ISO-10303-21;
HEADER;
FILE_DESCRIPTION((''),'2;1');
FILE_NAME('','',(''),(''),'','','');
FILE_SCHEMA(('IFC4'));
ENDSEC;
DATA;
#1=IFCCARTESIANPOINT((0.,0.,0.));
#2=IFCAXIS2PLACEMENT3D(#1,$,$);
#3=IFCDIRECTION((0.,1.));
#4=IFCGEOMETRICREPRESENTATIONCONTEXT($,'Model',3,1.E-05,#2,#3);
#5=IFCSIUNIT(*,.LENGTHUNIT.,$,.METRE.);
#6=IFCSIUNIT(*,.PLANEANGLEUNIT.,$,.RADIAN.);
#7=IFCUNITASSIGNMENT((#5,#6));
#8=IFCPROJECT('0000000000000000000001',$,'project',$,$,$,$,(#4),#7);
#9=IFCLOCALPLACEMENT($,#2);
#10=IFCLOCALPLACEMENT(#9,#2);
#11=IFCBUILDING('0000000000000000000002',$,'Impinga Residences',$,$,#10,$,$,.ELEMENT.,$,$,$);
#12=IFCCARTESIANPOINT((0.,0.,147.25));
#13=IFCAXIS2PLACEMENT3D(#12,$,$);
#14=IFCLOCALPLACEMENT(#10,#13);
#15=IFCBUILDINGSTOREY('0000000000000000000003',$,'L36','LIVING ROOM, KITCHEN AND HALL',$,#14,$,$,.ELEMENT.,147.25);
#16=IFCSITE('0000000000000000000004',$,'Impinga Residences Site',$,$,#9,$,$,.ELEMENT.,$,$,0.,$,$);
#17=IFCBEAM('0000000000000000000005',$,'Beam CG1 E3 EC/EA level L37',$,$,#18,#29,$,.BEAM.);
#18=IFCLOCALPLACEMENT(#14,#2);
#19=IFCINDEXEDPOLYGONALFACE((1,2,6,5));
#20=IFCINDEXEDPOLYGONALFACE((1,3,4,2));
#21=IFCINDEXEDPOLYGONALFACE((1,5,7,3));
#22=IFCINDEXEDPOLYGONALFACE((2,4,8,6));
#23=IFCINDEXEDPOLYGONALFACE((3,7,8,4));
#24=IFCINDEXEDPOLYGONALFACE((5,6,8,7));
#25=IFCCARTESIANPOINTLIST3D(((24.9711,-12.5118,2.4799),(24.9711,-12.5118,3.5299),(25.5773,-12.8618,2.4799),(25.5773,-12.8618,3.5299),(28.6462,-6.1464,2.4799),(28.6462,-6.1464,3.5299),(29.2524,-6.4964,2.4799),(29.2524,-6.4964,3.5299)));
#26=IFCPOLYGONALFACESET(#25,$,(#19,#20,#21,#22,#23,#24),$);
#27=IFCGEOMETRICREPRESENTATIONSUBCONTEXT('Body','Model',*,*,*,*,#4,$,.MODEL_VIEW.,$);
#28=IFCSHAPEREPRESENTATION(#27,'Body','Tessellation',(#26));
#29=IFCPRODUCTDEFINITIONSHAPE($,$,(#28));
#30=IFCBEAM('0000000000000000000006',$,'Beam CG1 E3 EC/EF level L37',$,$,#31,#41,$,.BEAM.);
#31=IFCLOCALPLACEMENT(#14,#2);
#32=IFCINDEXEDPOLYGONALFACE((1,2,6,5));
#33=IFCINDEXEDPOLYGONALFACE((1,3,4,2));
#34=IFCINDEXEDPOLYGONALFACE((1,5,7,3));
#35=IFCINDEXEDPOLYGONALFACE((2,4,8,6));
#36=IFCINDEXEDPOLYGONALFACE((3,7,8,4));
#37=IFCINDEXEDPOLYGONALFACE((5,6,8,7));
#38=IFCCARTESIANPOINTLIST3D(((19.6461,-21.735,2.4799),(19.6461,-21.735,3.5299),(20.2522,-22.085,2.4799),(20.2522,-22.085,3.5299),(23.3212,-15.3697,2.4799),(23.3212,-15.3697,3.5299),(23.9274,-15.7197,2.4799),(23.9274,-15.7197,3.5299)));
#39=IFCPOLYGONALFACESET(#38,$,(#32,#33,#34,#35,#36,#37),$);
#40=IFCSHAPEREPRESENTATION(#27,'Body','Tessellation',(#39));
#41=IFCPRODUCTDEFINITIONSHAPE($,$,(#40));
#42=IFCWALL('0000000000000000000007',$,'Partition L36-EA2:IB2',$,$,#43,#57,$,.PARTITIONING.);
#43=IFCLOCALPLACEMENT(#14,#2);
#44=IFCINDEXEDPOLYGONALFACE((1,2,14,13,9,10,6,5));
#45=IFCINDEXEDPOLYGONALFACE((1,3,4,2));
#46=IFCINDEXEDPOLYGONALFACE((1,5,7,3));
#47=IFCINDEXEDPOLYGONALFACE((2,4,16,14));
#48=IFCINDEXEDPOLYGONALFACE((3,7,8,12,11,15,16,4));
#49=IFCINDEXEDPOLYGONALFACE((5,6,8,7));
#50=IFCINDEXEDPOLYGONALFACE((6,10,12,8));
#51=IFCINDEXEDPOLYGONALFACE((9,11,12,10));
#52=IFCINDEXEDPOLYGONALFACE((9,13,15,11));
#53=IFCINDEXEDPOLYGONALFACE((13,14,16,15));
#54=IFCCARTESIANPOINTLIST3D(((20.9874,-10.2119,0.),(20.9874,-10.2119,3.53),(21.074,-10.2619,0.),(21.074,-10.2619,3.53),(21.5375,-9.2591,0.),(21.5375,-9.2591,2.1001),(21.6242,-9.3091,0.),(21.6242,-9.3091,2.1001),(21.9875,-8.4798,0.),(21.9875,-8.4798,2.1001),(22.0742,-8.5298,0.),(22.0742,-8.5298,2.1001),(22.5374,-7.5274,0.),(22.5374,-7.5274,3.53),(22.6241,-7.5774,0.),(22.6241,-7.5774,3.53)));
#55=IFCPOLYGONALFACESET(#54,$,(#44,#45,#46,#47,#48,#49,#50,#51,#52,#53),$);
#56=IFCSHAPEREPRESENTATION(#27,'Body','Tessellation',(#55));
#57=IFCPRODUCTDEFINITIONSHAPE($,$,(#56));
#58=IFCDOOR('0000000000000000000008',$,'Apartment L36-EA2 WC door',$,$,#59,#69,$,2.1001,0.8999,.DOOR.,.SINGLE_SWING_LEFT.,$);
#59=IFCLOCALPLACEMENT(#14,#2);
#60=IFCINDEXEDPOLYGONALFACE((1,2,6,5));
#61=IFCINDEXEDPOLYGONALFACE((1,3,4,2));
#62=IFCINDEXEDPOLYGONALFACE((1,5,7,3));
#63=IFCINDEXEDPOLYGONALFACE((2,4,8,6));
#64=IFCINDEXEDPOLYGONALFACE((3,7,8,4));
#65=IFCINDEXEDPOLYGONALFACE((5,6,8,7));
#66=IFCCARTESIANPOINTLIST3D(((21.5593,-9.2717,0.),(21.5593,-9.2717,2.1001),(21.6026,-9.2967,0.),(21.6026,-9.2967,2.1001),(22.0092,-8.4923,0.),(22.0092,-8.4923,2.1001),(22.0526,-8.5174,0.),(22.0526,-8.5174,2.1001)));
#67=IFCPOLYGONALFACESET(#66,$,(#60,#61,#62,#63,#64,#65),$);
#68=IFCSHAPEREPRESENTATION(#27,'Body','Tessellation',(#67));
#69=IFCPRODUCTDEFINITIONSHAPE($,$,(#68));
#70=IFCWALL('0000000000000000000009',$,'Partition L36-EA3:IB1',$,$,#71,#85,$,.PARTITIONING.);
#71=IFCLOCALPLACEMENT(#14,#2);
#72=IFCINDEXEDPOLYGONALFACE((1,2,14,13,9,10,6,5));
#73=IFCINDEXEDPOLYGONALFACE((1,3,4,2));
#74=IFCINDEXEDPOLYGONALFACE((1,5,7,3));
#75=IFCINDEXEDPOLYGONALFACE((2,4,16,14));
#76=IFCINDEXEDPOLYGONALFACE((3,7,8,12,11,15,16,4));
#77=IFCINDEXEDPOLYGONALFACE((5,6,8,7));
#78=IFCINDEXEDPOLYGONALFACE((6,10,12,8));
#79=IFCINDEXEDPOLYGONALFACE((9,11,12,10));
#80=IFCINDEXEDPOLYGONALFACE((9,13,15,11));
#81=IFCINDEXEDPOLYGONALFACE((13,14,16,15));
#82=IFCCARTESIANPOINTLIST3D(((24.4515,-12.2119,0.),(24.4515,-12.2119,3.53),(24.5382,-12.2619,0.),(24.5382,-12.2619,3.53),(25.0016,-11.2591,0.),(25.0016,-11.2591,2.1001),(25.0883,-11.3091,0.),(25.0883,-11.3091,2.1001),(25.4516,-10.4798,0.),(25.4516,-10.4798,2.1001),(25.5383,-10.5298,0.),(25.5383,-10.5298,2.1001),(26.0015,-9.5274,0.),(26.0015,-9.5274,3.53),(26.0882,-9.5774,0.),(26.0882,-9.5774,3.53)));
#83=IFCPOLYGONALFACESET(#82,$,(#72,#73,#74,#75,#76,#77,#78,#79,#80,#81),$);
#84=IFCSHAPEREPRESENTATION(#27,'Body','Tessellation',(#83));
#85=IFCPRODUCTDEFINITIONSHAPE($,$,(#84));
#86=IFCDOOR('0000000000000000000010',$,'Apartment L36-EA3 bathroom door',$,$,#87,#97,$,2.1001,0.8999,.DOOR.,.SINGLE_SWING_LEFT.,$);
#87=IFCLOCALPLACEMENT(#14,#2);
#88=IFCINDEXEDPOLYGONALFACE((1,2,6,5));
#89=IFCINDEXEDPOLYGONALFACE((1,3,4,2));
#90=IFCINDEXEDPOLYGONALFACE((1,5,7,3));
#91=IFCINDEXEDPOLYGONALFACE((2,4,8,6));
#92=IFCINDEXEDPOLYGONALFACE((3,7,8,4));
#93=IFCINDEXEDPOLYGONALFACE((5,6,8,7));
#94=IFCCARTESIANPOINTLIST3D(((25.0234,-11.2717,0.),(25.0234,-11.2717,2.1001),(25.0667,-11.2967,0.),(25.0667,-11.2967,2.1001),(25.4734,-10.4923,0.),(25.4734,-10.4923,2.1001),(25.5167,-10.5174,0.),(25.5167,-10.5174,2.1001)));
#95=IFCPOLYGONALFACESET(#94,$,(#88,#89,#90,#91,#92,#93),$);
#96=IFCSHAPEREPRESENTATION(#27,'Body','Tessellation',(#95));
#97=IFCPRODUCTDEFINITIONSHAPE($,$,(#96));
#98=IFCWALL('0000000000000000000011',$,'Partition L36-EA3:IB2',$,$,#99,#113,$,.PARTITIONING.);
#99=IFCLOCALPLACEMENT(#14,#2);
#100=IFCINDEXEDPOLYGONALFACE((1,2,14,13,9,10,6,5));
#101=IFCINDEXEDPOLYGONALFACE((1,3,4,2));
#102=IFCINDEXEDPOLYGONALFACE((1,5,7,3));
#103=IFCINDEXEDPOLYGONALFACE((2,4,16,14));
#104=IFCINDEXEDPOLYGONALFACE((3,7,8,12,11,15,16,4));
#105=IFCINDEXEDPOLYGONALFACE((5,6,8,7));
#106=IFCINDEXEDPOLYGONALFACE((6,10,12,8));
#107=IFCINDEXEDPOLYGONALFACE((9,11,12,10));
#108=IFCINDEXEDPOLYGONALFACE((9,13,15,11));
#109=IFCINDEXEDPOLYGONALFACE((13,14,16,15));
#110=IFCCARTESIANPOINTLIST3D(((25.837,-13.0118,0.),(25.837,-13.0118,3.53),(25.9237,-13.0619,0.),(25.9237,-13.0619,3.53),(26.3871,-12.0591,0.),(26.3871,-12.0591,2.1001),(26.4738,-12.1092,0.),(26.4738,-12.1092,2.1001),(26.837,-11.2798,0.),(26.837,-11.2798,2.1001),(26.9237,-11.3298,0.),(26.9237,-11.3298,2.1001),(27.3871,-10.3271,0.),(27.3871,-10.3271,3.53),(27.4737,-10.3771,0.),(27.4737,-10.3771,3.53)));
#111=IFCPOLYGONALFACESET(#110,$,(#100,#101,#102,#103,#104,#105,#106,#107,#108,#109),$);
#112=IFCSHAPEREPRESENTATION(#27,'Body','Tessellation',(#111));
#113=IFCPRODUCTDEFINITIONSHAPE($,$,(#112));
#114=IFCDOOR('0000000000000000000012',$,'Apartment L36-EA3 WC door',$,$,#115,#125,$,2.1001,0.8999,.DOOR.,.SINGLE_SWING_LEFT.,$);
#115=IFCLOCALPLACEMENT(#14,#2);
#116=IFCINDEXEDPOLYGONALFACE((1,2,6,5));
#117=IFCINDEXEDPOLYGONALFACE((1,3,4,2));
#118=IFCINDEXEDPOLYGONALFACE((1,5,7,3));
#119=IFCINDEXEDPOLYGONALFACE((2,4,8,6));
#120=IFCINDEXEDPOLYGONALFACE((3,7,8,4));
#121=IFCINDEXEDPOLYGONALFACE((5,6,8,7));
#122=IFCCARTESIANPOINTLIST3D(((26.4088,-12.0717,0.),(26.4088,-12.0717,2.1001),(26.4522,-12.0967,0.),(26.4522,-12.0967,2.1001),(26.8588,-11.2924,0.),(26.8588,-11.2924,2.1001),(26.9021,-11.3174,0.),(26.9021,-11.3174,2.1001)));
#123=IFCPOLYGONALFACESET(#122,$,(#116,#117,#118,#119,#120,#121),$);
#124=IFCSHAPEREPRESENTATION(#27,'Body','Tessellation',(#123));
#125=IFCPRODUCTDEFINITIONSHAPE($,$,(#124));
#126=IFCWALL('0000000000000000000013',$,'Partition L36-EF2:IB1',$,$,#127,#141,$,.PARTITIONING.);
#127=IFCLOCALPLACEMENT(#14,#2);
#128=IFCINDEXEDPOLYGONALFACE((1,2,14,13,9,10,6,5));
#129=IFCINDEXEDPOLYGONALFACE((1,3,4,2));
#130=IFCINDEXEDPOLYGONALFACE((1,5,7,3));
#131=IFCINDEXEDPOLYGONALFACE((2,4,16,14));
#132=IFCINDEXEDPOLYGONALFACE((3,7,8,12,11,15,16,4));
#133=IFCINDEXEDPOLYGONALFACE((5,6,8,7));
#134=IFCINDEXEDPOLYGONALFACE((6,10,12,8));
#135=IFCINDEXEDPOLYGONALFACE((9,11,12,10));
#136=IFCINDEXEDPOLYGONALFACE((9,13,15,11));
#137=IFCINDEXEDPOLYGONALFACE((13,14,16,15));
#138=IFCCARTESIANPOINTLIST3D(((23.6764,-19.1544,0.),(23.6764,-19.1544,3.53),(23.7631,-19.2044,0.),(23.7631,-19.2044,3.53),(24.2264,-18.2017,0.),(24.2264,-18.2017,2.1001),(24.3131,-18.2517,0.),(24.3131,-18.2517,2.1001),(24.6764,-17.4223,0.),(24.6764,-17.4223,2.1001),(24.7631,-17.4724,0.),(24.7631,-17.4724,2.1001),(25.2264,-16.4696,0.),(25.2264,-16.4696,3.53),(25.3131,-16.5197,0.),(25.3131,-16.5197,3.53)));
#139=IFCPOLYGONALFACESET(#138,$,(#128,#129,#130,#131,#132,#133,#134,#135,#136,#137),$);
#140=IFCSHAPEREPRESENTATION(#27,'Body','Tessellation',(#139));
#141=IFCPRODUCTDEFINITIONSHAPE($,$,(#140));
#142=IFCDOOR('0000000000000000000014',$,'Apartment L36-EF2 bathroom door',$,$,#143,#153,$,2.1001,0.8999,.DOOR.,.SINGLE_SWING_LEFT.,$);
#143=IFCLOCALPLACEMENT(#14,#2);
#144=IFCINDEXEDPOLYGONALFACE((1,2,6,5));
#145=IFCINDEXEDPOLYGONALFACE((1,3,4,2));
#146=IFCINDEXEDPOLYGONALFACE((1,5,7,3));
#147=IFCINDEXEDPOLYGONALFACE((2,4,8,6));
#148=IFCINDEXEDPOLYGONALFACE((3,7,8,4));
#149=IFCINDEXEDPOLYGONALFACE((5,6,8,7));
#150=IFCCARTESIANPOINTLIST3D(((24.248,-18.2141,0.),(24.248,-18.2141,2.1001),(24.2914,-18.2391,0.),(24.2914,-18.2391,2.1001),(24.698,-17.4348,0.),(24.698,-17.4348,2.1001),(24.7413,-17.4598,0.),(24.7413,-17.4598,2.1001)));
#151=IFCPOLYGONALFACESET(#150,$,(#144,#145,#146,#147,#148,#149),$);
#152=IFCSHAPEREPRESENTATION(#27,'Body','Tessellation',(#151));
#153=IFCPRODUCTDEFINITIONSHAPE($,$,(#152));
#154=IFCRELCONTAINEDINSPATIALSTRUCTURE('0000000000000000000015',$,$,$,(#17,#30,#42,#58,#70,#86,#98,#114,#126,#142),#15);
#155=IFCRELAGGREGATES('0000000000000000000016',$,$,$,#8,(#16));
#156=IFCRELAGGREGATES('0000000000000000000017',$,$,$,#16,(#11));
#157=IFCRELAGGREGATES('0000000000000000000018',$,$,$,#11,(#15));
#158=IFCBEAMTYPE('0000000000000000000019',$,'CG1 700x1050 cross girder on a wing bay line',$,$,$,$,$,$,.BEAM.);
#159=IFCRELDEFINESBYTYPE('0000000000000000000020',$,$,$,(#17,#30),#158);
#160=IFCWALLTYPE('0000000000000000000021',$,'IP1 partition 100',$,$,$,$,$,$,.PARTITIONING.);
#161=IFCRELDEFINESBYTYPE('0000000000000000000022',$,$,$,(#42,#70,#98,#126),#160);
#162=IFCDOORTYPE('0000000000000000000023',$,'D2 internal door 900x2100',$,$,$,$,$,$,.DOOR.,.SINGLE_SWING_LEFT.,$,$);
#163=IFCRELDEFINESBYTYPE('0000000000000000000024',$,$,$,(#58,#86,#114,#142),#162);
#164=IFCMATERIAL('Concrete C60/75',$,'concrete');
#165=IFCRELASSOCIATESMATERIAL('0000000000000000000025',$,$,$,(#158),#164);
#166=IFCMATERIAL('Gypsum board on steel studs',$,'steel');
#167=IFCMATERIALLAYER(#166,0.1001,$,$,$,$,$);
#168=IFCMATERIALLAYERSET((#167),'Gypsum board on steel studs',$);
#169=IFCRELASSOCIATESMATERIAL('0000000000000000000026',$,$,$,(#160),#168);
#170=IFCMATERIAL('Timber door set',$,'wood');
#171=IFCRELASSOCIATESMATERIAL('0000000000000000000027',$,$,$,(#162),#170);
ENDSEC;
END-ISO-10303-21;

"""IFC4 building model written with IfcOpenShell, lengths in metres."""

from ifc_helpers import new_model, si_unit, direction, frame, frame_2d, origin, origin_2d, place, context, subcontext, project, spatial, rectangle, extrude, material, layer, layer_set, material_profile, profile_set, type_object, element, fill, save


model = new_model("IFC4")

# Units and contexts
model_context = context("Model", 3, precision=1e-05, world=origin(), true_north=direction((0.0, 1.0)))
body_context = subcontext(model_context, "Body", "Model", "MODEL_VIEW")
ifc_project = project(units=[si_unit("LENGTHUNIT", "METRE"), si_unit("PLANEANGLEUNIT", "RADIAN")], contexts=[model_context])

# Site, building, storey
site_placement = place(None, origin())
site = spatial("IfcSite", under=ifc_project, at=site_placement, Name="Impinga Residences Site", CompositionType="ELEMENT", RefElevation=0.0)
building_placement = place(site_placement, origin())
building = spatial("IfcBuilding", under=site, at=building_placement, Name="Impinga Residences", CompositionType="ELEMENT")
storey_placement = place(building_placement, frame((0.0, 0.0, 147.25)))
storey = spatial("IfcBuildingStorey", under=building, at=storey_placement, Name="L36", Description="LIVING ROOM, KITCHEN AND HALL", CompositionType="ELEMENT", Elevation=147.25)

# Beams
ifc_material_1 = material(Name="Concrete C60/75", Category="concrete")
ifc_material_profile = material_profile(ifc_material_1, rectangle(XDim=0.7, YDim=1.05, at=origin_2d()), Name="RC 700x1050")
ifc_profile_set = profile_set([ifc_material_profile], Name="Concrete C60/75")
beam_type = type_object("IfcBeamType", Name="CG1 700x1050 cross girder on a wing bay line", PredefinedType="BEAM", material=ifc_profile_set)
for number, where, z_axis, x_axis, name in (
    (1, (25.2742, -12.6868, 3.0049), (0.500008, 0.866021, 0.0), (-0.866021, 0.500008, 0.0), "Beam CG1 E3 EC/EA level L37"),
    (2, (23.6243, -15.5447, 3.0049), (-0.500008, -0.866021, 0.0), (0.866021, -0.500008, 0.0), "Beam CG1 E3 EC/EF level L37"),
):
    element("IfcBeam", number, at=place(storey_placement, frame(where, z_axis=z_axis, x_axis=x_axis)), inside=storey, type_object=beam_type, Name=name, PredefinedType="BEAM", context=body_context, shape_type="SweptSolid", body=[
        extrude(rectangle(XDim=0.7, YDim=1.05, at=origin_2d()), origin(), (0.0, 0.0, 1.0), 7.3501),
    ])

# Walls, openings, doors
ifc_material_2 = material(Name="Gypsum board on steel studs", Category="steel")
ifc_layer_1 = layer(ifc_material_2, 0.1001)
ifc_layer_set_1 = layer_set([ifc_layer_1], Name="Gypsum board on steel studs")
wall_type_1 = type_object("IfcWallType", Name="IP1 partition 100", PredefinedType="PARTITIONING", material=ifc_layer_set_1)
wall_1_placement = place(storey_placement, frame((21.0308, -10.2368, 0.0), z_axis=(0.0, 0.0, 1.0), x_axis=(0.500027, 0.86601, 0.0)))
wall_1 = element("IfcWall", 3, at=wall_1_placement, inside=storey, type_object=wall_type_1, Name="Partition L36-EA2:IB2", PredefinedType="PARTITIONING", context=body_context, shape_type="SweptSolid", body=[
    extrude(rectangle(XDim=3.0999, YDim=0.1001, at=frame_2d((1.5498, 0.0))), origin(), (0.0, 0.0, 1.0), 3.53),
])
opening_1_placement = place(wall_1_placement, frame((1.1001, 0.0, 0.0)))
opening_1 = element("IfcOpeningElement", 4, at=opening_1_placement, cuts=wall_1, PredefinedType="OPENING", context=body_context, shape_type="SweptSolid", body=[
    extrude(rectangle(XDim=0.8999, YDim=2.1001, at=frame_2d((0.45, 1.05))), frame((0.0, 0.0601, 0.0), z_axis=(0.0, -1.0, 0.0), x_axis=(1.0, 0.0, 0.0)), (0.0, 0.0, 1.0), 0.1201),
])
ifc_material_3 = material(Name="Timber door set", Category="wood")
door_type = type_object("IfcDoorType", Name="D2 internal door 900x2100", OperationType="SINGLE_SWING_LEFT", PredefinedType="DOOR", material=ifc_material_3)
door_1_placement = place(opening_1_placement, origin())
door_1 = element("IfcDoor", 5, at=door_1_placement, inside=storey, type_object=door_type, Name="Apartment L36-EA2 WC door", OperationType="SINGLE_SWING_LEFT", OverallHeight=2.1001, OverallWidth=0.8999, PredefinedType="DOOR", context=body_context, shape_type="SweptSolid", body=[
    extrude(rectangle(XDim=0.8999, YDim=2.1001, at=frame_2d((0.45, 1.05))), frame((0.0, 0.0249, 0.0), z_axis=(0.0, -1.0, 0.0), x_axis=(1.0, 0.0, 0.0)), (0.0, 0.0, 1.0), 0.05),
])
fill(opening_1, door_1)
wall_2_placement = place(storey_placement, frame((24.4949, -12.2368, 0.0), z_axis=(0.0, 0.0, 1.0), x_axis=(0.500027, 0.86601, 0.0)))
wall_2 = element("IfcWall", 6, at=wall_2_placement, inside=storey, type_object=wall_type_1, Name="Partition L36-EA3:IB1", PredefinedType="PARTITIONING", context=body_context, shape_type="SweptSolid", body=[
    extrude(rectangle(XDim=3.0999, YDim=0.1001, at=frame_2d((1.5498, 0.0))), origin(), (0.0, 0.0, 1.0), 3.53),
])
opening_2_placement = place(wall_2_placement, frame((1.1001, 0.0, 0.0)))
opening_2 = element("IfcOpeningElement", 7, at=opening_2_placement, cuts=wall_2, PredefinedType="OPENING", context=body_context, shape_type="SweptSolid", body=[
    extrude(rectangle(XDim=0.8999, YDim=2.1001, at=frame_2d((0.45, 1.05))), frame((0.0, 0.0601, 0.0), z_axis=(0.0, -1.0, 0.0), x_axis=(1.0, 0.0, 0.0)), (0.0, 0.0, 1.0), 0.1201),
])
door_2_placement = place(opening_2_placement, origin())
door_2 = element("IfcDoor", 8, at=door_2_placement, inside=storey, type_object=door_type, Name="Apartment L36-EA3 bathroom door", OperationType="SINGLE_SWING_LEFT", OverallHeight=2.1001, OverallWidth=0.8999, PredefinedType="DOOR", context=body_context, shape_type="SweptSolid", body=[
    extrude(rectangle(XDim=0.8999, YDim=2.1001, at=frame_2d((0.45, 1.05))), frame((0.0, 0.0249, 0.0), z_axis=(0.0, -1.0, 0.0), x_axis=(1.0, 0.0, 0.0)), (0.0, 0.0, 1.0), 0.05),
])
fill(opening_2, door_2)
wall_3_placement = place(storey_placement, frame((25.8804, -13.0369, 0.0), z_axis=(0.0, 0.0, 1.0), x_axis=(0.499993, 0.86603, 0.0)))
wall_3 = element("IfcWall", 9, at=wall_3_placement, inside=storey, type_object=wall_type_1, Name="Partition L36-EA3:IB2", PredefinedType="PARTITIONING", context=body_context, shape_type="SweptSolid", body=[
    extrude(rectangle(XDim=3.1001, YDim=0.1001, at=frame_2d((1.55, 0.0))), origin(), (0.0, 0.0, 1.0), 3.53),
])
opening_3_placement = place(wall_3_placement, frame((1.1001, 0.0, 0.0)))
opening_3 = element("IfcOpeningElement", 10, at=opening_3_placement, cuts=wall_3, PredefinedType="OPENING", context=body_context, shape_type="SweptSolid", body=[
    extrude(rectangle(XDim=0.8999, YDim=2.1001, at=frame_2d((0.45, 1.05))), frame((0.0, 0.0601, 0.0), z_axis=(0.0, -1.0, 0.0), x_axis=(1.0, 0.0, 0.0)), (0.0, 0.0, 1.0), 0.1201),
])
door_3_placement = place(opening_3_placement, origin())
door_3 = element("IfcDoor", 11, at=door_3_placement, inside=storey, type_object=door_type, Name="Apartment L36-EA3 WC door", OperationType="SINGLE_SWING_LEFT", OverallHeight=2.1001, OverallWidth=0.8999, PredefinedType="DOOR", context=body_context, shape_type="SweptSolid", body=[
    extrude(rectangle(XDim=0.8999, YDim=2.1001, at=frame_2d((0.45, 1.05))), frame((0.0, 0.0249, 0.0), z_axis=(0.0, -1.0, 0.0), x_axis=(1.0, 0.0, 0.0)), (0.0, 0.0, 1.0), 0.05),
])
fill(opening_3, door_3)
wall_4_placement = place(storey_placement, frame((25.2698, -16.4946, 0.0), z_axis=(0.0, 0.0, 1.0), x_axis=(-0.499993, -0.86603, 0.0)))
wall_4 = element("IfcWall", 12, at=wall_4_placement, inside=storey, type_object=wall_type_1, Name="Partition L36-EF2:IB1", PredefinedType="PARTITIONING", context=body_context, shape_type="SweptSolid", body=[
    extrude(rectangle(XDim=3.1001, YDim=0.1001, at=frame_2d((1.55, 0.0))), origin(), (0.0, 0.0, 1.0), 3.53),
])
opening_4_placement = place(wall_4_placement, frame((1.1001, 0.0, 0.0)))
opening_4 = element("IfcOpeningElement", 13, at=opening_4_placement, cuts=wall_4, PredefinedType="OPENING", context=body_context, shape_type="SweptSolid", body=[
    extrude(rectangle(XDim=0.8999, YDim=2.1001, at=frame_2d((0.45, 1.05))), frame((0.0, 0.0601, 0.0), z_axis=(0.0, -1.0, 0.0), x_axis=(1.0, 0.0, 0.0)), (0.0, 0.0, 1.0), 0.1201),
])
door_4_placement = place(opening_4_placement, origin())
door_4 = element("IfcDoor", 14, at=door_4_placement, inside=storey, type_object=door_type, Name="Apartment L36-EF2 bathroom door", OperationType="SINGLE_SWING_LEFT", OverallHeight=2.1001, OverallWidth=0.8999, PredefinedType="DOOR", context=body_context, shape_type="SweptSolid", body=[
    extrude(rectangle(XDim=0.8999, YDim=2.1001, at=frame_2d((0.45, 1.05))), frame((0.0, 0.0249, 0.0), z_axis=(0.0, -1.0, 0.0), x_axis=(1.0, 0.0, 0.0)), (0.0, 0.0, 1.0), 0.05),
])
fill(opening_4, door_4)

save(model, "model.ifc")
